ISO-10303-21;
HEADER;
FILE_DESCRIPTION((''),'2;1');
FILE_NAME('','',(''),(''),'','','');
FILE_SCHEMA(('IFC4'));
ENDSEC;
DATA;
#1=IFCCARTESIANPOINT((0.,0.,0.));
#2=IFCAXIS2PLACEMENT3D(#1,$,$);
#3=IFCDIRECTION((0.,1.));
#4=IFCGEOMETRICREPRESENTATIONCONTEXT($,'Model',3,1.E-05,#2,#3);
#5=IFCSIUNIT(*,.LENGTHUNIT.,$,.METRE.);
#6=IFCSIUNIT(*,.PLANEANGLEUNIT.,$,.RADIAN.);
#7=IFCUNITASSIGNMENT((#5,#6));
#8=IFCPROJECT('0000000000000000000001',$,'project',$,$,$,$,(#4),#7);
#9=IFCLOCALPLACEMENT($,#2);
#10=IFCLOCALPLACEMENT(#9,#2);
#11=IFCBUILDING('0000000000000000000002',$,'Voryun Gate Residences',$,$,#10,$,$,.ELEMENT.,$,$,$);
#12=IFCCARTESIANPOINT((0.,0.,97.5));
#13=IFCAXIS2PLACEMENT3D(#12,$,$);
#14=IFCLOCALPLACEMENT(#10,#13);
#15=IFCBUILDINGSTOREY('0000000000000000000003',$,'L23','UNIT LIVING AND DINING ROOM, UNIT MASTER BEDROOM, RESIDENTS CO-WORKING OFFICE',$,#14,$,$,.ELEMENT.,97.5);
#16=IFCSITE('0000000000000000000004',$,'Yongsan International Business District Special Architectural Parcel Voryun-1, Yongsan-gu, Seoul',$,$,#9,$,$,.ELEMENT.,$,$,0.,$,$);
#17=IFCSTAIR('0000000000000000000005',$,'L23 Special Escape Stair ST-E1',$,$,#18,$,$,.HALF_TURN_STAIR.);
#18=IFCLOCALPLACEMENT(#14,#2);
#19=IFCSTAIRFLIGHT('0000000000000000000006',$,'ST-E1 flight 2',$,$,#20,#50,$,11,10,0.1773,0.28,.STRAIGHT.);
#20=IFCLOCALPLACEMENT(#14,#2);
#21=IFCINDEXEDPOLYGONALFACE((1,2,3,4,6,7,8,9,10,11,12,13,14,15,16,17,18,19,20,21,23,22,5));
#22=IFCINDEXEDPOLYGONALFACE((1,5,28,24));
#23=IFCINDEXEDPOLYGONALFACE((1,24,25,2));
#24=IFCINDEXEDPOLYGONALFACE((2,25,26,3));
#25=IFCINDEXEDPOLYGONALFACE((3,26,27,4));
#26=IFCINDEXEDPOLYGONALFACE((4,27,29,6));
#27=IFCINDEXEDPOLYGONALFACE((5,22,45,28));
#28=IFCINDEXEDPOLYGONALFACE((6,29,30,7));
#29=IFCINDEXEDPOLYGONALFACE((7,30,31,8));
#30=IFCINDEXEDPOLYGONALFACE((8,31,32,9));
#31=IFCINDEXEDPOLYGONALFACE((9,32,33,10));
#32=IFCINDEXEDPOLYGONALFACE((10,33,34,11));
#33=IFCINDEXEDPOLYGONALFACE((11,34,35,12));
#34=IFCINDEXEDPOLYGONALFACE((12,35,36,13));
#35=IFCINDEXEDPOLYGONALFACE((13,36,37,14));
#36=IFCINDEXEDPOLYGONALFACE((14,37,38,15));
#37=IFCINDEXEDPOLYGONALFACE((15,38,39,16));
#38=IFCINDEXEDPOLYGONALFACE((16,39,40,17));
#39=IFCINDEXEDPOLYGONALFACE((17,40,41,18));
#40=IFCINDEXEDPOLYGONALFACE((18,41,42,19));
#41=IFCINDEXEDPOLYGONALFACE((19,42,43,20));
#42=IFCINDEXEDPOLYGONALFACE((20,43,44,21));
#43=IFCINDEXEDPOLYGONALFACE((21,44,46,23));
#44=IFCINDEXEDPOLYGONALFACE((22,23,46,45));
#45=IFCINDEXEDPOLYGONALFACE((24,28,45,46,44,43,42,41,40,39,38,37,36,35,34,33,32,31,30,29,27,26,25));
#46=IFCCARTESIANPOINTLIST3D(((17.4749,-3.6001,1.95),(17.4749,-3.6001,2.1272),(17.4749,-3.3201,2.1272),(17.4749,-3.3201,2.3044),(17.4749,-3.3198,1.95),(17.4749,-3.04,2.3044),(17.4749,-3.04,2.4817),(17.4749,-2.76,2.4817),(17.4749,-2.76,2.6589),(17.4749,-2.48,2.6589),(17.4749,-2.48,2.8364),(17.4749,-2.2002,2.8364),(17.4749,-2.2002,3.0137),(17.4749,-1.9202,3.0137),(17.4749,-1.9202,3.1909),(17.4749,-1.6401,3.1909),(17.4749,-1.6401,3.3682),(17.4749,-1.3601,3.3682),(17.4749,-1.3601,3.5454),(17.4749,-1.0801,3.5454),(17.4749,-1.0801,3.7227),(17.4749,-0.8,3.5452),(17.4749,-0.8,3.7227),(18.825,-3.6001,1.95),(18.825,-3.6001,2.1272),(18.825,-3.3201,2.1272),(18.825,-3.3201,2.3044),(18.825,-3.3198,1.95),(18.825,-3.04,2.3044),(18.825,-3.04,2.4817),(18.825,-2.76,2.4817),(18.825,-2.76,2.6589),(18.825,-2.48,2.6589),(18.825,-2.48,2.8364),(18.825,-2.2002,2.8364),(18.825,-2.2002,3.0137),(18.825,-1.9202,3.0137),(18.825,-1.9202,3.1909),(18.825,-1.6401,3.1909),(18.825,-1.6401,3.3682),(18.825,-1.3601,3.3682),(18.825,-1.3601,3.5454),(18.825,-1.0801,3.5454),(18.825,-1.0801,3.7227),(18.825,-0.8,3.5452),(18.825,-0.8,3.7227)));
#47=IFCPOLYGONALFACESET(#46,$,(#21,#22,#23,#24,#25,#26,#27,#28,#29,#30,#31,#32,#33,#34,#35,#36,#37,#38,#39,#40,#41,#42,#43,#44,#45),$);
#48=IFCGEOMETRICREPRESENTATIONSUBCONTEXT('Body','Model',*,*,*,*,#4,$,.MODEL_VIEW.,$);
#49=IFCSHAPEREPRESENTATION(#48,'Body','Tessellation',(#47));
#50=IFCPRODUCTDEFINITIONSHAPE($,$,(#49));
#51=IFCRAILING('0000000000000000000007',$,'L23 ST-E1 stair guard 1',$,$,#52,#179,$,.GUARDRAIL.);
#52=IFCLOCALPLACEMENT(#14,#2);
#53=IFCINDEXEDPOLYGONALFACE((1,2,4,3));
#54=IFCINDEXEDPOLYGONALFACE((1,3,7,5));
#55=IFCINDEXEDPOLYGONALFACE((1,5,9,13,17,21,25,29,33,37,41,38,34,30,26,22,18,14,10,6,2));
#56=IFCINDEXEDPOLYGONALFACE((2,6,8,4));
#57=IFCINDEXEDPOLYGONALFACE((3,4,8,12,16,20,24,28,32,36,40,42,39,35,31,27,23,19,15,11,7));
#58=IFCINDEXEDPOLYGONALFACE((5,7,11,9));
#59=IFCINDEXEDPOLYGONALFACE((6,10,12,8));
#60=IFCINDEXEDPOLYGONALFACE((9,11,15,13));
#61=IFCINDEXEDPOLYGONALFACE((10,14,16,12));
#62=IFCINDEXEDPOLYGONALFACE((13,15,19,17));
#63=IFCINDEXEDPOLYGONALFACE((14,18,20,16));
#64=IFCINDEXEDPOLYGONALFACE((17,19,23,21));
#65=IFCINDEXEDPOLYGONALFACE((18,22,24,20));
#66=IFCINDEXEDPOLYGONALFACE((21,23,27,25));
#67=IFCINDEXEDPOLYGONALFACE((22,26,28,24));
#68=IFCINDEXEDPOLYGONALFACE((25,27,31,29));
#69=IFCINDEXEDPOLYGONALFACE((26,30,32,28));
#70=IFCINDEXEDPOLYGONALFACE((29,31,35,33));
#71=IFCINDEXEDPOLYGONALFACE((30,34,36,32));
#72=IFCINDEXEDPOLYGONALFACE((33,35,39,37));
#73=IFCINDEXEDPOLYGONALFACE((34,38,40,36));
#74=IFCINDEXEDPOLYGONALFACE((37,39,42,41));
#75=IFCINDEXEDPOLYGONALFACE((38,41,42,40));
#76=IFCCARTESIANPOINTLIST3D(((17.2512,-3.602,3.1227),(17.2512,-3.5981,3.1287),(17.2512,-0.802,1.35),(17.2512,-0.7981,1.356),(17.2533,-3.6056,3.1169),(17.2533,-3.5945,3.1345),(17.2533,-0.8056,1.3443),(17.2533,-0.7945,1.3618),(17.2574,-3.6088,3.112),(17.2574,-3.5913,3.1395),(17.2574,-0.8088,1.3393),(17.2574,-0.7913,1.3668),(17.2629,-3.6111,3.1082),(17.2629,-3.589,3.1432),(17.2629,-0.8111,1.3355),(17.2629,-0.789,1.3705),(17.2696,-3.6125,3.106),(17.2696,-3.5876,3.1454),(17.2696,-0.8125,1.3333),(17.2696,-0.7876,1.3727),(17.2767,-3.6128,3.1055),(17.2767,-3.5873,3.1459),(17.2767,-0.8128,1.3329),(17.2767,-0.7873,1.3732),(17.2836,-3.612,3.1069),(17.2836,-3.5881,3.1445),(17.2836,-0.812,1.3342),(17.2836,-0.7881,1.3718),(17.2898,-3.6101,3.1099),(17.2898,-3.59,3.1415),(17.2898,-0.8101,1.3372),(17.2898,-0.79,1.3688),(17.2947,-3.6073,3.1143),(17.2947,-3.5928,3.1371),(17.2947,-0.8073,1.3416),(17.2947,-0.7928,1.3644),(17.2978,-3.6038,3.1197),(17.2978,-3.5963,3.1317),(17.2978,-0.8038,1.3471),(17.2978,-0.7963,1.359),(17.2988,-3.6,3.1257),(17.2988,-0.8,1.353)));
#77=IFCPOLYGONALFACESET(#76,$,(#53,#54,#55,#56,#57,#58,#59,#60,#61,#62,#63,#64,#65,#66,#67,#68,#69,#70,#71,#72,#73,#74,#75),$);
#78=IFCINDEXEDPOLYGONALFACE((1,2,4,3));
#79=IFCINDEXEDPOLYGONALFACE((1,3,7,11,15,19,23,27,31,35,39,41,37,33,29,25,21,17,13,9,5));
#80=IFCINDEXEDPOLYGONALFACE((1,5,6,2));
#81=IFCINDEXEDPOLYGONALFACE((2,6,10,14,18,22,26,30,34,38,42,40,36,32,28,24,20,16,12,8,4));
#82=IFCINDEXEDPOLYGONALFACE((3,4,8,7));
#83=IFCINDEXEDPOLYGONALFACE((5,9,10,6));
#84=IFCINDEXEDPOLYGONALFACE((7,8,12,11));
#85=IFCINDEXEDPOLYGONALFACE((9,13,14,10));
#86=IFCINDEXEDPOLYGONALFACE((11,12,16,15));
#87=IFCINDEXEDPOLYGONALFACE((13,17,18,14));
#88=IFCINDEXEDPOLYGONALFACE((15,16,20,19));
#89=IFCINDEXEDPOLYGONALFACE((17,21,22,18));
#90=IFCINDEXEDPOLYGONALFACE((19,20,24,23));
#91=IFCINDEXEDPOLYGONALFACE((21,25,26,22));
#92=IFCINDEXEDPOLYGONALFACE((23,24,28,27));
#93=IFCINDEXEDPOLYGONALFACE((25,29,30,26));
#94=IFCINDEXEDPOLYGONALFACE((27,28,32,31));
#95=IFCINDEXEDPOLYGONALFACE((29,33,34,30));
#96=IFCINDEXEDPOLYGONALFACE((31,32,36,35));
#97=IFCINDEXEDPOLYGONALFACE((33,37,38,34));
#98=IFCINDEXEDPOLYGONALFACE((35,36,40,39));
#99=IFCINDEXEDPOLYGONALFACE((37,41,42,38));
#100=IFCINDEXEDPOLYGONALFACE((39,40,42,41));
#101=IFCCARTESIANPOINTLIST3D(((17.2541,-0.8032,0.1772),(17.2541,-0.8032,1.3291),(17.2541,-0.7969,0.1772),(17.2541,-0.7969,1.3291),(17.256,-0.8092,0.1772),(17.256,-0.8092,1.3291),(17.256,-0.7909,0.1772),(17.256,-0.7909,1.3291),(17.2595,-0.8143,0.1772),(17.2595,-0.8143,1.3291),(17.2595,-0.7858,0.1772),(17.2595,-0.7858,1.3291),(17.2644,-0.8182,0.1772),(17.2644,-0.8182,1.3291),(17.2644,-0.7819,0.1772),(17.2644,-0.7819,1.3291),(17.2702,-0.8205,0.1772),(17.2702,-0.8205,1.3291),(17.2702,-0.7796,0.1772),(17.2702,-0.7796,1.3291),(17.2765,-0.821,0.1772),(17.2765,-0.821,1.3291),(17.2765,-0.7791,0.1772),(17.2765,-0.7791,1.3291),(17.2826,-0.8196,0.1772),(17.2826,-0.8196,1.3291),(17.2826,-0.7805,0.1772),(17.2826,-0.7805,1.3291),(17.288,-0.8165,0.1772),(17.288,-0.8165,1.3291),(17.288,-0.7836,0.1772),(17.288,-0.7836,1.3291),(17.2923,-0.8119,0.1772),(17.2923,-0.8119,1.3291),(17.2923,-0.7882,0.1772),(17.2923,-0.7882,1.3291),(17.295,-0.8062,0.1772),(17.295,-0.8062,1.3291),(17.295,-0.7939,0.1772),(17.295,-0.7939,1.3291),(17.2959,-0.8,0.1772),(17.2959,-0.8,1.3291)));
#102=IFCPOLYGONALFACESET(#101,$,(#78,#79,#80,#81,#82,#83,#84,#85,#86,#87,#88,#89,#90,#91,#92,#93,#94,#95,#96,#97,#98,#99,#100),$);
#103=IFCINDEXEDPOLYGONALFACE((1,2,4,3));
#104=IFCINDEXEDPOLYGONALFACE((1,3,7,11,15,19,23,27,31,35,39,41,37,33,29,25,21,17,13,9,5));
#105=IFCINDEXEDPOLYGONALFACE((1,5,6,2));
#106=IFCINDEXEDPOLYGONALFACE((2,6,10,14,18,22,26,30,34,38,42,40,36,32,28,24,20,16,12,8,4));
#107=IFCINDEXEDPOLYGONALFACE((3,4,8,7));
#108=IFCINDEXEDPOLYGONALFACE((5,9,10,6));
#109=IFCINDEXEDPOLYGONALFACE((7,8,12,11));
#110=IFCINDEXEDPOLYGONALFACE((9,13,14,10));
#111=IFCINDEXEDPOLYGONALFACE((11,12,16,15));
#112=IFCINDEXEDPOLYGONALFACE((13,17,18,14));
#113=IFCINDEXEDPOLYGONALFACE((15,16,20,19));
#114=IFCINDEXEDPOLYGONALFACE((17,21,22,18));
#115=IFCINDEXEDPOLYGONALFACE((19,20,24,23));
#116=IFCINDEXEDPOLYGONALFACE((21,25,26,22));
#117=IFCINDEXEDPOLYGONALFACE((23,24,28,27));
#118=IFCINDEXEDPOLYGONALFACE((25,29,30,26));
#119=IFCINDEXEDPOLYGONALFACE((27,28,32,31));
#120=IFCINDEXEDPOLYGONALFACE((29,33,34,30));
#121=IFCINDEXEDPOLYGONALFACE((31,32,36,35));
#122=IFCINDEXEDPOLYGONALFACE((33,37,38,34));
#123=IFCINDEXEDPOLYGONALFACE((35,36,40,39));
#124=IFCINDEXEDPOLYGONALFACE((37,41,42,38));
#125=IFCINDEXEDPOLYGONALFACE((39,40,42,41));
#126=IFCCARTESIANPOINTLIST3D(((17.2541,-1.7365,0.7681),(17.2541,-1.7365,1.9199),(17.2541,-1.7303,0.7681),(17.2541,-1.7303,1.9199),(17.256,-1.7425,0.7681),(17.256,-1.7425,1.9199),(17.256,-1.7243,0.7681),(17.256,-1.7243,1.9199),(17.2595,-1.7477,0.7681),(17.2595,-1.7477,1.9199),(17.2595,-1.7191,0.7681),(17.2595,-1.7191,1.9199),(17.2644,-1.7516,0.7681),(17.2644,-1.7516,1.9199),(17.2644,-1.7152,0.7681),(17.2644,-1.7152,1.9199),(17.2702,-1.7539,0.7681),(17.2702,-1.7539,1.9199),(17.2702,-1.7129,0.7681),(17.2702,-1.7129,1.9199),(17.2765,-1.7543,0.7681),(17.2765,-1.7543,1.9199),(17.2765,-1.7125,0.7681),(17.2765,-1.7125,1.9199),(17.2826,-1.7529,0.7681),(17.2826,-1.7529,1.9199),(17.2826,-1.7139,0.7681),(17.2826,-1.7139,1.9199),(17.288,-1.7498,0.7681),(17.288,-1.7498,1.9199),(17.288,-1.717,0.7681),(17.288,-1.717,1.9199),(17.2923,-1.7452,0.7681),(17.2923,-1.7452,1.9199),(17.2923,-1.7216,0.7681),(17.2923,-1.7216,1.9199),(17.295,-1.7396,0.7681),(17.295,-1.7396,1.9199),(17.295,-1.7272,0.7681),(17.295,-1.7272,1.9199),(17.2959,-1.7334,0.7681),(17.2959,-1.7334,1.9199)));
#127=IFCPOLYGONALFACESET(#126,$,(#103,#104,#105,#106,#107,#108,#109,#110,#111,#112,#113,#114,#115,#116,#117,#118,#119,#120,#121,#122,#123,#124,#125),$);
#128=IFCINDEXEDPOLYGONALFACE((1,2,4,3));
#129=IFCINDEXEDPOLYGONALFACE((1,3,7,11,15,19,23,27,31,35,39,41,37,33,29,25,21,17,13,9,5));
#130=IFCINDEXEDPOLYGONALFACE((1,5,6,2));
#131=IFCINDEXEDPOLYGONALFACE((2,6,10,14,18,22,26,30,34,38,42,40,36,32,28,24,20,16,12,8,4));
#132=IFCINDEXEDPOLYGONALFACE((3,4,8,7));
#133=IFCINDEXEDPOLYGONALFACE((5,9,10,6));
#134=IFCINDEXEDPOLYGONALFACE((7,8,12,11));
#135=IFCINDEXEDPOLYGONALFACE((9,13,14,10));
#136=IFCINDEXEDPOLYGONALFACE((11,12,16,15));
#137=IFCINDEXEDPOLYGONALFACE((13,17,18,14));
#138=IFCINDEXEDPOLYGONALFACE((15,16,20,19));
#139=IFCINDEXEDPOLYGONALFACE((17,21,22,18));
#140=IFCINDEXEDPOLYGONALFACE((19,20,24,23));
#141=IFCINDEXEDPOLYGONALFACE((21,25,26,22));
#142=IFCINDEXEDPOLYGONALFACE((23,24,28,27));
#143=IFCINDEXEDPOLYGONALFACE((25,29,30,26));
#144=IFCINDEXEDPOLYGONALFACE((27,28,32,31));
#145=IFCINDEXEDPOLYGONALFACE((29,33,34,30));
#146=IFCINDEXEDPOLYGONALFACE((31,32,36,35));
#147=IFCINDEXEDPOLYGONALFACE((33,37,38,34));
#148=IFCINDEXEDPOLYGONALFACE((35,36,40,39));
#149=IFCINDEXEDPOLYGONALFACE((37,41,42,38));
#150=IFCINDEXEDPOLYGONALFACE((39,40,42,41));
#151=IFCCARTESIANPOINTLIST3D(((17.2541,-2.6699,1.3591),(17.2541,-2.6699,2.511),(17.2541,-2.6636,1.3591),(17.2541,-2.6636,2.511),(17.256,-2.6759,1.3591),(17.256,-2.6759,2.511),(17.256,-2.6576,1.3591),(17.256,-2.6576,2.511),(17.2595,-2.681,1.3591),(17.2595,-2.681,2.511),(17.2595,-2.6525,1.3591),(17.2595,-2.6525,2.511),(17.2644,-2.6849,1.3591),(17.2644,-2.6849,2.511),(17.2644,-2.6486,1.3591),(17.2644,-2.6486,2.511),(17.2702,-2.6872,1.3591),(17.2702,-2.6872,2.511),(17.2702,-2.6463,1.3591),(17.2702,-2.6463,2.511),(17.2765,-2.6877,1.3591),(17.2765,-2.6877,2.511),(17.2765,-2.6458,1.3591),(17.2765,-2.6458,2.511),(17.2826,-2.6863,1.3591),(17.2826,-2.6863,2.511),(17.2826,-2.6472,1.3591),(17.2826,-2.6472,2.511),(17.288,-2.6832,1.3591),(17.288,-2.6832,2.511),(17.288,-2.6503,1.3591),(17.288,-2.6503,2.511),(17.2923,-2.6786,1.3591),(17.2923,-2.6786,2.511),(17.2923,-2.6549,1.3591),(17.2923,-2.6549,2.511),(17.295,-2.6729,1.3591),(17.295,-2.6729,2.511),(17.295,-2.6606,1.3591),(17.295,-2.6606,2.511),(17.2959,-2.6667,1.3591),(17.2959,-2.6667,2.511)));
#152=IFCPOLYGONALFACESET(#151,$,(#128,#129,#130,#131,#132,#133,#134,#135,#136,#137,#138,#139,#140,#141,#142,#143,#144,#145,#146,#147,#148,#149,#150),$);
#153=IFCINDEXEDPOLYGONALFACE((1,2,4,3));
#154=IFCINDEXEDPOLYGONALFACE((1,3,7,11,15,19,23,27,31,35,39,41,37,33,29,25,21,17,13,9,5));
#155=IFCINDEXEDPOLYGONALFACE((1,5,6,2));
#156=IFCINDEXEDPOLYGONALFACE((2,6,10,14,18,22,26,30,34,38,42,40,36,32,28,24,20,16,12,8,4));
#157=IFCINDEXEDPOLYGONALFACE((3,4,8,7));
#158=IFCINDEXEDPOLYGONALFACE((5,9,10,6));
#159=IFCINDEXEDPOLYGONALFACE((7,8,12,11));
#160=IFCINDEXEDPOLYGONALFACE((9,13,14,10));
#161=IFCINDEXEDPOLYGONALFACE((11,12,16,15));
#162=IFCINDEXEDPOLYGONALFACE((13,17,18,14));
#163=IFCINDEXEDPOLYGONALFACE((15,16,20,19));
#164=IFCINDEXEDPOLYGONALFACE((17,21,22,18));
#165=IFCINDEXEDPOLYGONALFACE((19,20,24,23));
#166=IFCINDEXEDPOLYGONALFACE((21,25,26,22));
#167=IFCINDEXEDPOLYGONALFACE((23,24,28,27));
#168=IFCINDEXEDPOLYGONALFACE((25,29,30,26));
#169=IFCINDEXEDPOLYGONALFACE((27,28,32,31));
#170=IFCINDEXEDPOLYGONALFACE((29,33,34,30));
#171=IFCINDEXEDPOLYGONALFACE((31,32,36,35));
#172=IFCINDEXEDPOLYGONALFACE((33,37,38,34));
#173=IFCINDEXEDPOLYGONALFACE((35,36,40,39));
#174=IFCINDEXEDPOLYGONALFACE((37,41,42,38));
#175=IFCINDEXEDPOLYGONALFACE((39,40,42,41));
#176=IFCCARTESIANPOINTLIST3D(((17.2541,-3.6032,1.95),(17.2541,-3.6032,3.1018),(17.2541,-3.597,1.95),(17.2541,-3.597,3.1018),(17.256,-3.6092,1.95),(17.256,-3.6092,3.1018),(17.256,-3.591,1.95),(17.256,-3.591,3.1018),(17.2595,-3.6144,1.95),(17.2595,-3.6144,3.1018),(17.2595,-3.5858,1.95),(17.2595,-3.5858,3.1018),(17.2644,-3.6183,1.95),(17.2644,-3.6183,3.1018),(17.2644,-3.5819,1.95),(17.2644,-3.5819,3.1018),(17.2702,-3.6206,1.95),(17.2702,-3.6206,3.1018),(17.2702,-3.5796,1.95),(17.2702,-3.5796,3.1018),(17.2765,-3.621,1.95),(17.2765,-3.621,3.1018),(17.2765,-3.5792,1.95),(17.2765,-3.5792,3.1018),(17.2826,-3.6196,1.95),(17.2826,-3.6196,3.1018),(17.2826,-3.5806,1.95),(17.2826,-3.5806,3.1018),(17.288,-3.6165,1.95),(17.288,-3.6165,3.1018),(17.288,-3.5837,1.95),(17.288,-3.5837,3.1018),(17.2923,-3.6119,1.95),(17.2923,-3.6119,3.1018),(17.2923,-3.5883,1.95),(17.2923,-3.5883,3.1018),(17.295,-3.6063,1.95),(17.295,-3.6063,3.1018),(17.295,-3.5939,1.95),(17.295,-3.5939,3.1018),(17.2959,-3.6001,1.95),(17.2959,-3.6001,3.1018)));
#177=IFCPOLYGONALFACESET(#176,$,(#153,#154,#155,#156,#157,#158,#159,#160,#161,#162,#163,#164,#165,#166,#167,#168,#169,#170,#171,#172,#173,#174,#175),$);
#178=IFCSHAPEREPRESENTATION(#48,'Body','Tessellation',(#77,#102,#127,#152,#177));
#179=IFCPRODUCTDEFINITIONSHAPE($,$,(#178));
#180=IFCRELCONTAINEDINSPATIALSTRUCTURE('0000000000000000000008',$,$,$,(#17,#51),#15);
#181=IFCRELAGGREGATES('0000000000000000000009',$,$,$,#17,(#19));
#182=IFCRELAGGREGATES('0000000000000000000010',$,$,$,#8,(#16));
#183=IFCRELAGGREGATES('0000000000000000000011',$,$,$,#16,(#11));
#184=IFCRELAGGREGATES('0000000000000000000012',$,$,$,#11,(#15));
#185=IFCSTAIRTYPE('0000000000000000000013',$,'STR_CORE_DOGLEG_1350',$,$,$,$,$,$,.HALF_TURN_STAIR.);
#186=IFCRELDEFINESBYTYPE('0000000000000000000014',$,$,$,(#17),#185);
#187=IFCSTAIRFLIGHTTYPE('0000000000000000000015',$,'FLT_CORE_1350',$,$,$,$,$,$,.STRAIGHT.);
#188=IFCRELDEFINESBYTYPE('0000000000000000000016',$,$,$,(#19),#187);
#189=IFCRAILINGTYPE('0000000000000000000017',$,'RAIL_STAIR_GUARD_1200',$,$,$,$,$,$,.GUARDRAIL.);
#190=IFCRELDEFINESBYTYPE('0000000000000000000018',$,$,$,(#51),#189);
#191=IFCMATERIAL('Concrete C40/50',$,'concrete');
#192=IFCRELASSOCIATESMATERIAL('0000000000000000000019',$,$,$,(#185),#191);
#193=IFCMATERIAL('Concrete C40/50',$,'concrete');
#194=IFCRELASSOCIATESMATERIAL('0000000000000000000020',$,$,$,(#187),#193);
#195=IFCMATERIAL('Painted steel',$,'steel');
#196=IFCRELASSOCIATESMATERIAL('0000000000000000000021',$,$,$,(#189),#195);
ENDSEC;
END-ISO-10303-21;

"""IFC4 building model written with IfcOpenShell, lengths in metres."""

from ifc_helpers import new_model, si_unit, direction, frame, origin, origin_2d, place, context, subcontext, project, spatial, polyline, circle, outline, extrude, material, type_object, element, aggregate, save


model = new_model("IFC4")

# Units and contexts
model_context = context("Model", 3, precision=1e-05, world=origin(), true_north=direction((0.0, 1.0)))
body_context = subcontext(model_context, "Body", "Model", "MODEL_VIEW")
ifc_project = project(units=[si_unit("LENGTHUNIT", "METRE"), si_unit("PLANEANGLEUNIT", "RADIAN")], contexts=[model_context])

# Site, building, storey
site_placement = place(None, origin())
site = spatial("IfcSite", under=ifc_project, at=site_placement, Name="Yongsan International Business District Special Architectural Parcel Voryun-1, Yongsan-gu, Seoul", CompositionType="ELEMENT", RefElevation=0.0)
building_placement = place(site_placement, origin())
building = spatial("IfcBuilding", under=site, at=building_placement, Name="Voryun Gate Residences", CompositionType="ELEMENT")
storey_placement = place(building_placement, frame((0.0, 0.0, 97.5)))
storey = spatial("IfcBuildingStorey", under=building, at=storey_placement, Name="L23", Description="UNIT LIVING AND DINING ROOM, UNIT MASTER BEDROOM, RESIDENTS CO-WORKING OFFICE", CompositionType="ELEMENT", Elevation=97.5)

# Stair, stair flight
ifc_material_1 = material(Name="Concrete C40/50", Category="concrete")
stair_type = type_object("IfcStairType", Name="STR_CORE_DOGLEG_1350", PredefinedType="HALF_TURN_STAIR", material=ifc_material_1)
stair_placement = place(storey_placement, origin())
stair = element("IfcStair", 1, at=stair_placement, inside=storey, type_object=stair_type, Name="L23 Special Escape Stair ST-E1", PredefinedType="HALF_TURN_STAIR")
ifc_material_2 = material(Name="Concrete C40/50", Category="concrete")
stair_flight_type = type_object("IfcStairFlightType", Name="FLT_CORE_1350", PredefinedType="STRAIGHT", material=ifc_material_2)
stair_flight_placement = place(storey_placement, frame((18.1499, -3.6001, 1.95), z_axis=(0.0, 0.0, 1.0), x_axis=(0.0, 1.0, 0.0)))
stair_flight = element("IfcStairFlight", 2, at=stair_flight_placement, type_object=stair_flight_type, Name="ST-E1 flight 2", NumberOfRisers=11, NumberOfTreads=10, PredefinedType="STRAIGHT", RiserHeight=0.1773, TreadLength=0.28, context=body_context, shape_type="SweptSolid", body=[
    extrude(outline(polyline([(0.0, 0.0), (0.0, 0.1772), (0.28, 0.1772), (0.28, 0.3545), (0.5601, 0.3545), (0.5601, 0.5317), (0.8401, 0.5317), (0.8401, 0.709), (1.1201, 0.709), (1.1201, 0.8865), (1.3999, 0.8865), (1.3999, 1.0637), (1.6799, 1.0637), (1.6799, 1.241), (1.96, 1.241), (1.96, 1.4182), (2.24, 1.4182), (2.24, 1.5955), (2.52, 1.5955), (2.52, 1.7727), (2.8, 1.7727), (2.8, 1.95), (2.8, 1.5952), (0.2803, 0.0), (0.0, 0.0)])), frame((0.0, 0.675, 0.0), z_axis=(0.0, -1.0, 0.0), x_axis=(1.0, 0.0, 0.0)), (0.0, 0.0, 1.0), 1.3501),
])
aggregate(stair, [stair_flight])

# Railing
ifc_material_3 = material(Name="Painted steel", Category="steel")
railing_type_1 = type_object("IfcRailingType", Name="RAIL_STAIR_GUARD_1200", PredefinedType="GUARDRAIL", material=ifc_material_3)
railing_1_placement = place(storey_placement, frame((17.2749, -0.8, 0.1772)))
element("IfcRailing", 3, at=railing_1_placement, inside=storey, type_object=railing_type_1, Name="L23 ST-E1 stair guard 1", PredefinedType="GUARDRAIL", context=body_context, shape_type="SweptSolid", body=[
    extrude(circle(Radius=0.0239, at=origin_2d()), frame((0.0, 0.0, 1.1758), z_axis=(0.0, -0.844909, 0.53491), x_axis=(1.0, 0.0, 0.0)), (0.0, 0.0, 1.0), 3.314),
    extrude(circle(Radius=0.021, at=origin_2d()), origin(), (0.0, 0.0, 1.0), 1.1519),
    extrude(circle(Radius=0.021, at=origin_2d()), frame((0.0, -0.9333, 0.5908)), (0.0, 0.0, 1.0), 1.1519),
    extrude(circle(Radius=0.021, at=origin_2d()), frame((0.0, -1.8667, 1.1819)), (0.0, 0.0, 1.0), 1.1519),
    extrude(circle(Radius=0.021, at=origin_2d()), frame((0.0, -2.8, 1.7727)), (0.0, 0.0, 1.0), 1.1519),
])

save(model, "model.ifc")
